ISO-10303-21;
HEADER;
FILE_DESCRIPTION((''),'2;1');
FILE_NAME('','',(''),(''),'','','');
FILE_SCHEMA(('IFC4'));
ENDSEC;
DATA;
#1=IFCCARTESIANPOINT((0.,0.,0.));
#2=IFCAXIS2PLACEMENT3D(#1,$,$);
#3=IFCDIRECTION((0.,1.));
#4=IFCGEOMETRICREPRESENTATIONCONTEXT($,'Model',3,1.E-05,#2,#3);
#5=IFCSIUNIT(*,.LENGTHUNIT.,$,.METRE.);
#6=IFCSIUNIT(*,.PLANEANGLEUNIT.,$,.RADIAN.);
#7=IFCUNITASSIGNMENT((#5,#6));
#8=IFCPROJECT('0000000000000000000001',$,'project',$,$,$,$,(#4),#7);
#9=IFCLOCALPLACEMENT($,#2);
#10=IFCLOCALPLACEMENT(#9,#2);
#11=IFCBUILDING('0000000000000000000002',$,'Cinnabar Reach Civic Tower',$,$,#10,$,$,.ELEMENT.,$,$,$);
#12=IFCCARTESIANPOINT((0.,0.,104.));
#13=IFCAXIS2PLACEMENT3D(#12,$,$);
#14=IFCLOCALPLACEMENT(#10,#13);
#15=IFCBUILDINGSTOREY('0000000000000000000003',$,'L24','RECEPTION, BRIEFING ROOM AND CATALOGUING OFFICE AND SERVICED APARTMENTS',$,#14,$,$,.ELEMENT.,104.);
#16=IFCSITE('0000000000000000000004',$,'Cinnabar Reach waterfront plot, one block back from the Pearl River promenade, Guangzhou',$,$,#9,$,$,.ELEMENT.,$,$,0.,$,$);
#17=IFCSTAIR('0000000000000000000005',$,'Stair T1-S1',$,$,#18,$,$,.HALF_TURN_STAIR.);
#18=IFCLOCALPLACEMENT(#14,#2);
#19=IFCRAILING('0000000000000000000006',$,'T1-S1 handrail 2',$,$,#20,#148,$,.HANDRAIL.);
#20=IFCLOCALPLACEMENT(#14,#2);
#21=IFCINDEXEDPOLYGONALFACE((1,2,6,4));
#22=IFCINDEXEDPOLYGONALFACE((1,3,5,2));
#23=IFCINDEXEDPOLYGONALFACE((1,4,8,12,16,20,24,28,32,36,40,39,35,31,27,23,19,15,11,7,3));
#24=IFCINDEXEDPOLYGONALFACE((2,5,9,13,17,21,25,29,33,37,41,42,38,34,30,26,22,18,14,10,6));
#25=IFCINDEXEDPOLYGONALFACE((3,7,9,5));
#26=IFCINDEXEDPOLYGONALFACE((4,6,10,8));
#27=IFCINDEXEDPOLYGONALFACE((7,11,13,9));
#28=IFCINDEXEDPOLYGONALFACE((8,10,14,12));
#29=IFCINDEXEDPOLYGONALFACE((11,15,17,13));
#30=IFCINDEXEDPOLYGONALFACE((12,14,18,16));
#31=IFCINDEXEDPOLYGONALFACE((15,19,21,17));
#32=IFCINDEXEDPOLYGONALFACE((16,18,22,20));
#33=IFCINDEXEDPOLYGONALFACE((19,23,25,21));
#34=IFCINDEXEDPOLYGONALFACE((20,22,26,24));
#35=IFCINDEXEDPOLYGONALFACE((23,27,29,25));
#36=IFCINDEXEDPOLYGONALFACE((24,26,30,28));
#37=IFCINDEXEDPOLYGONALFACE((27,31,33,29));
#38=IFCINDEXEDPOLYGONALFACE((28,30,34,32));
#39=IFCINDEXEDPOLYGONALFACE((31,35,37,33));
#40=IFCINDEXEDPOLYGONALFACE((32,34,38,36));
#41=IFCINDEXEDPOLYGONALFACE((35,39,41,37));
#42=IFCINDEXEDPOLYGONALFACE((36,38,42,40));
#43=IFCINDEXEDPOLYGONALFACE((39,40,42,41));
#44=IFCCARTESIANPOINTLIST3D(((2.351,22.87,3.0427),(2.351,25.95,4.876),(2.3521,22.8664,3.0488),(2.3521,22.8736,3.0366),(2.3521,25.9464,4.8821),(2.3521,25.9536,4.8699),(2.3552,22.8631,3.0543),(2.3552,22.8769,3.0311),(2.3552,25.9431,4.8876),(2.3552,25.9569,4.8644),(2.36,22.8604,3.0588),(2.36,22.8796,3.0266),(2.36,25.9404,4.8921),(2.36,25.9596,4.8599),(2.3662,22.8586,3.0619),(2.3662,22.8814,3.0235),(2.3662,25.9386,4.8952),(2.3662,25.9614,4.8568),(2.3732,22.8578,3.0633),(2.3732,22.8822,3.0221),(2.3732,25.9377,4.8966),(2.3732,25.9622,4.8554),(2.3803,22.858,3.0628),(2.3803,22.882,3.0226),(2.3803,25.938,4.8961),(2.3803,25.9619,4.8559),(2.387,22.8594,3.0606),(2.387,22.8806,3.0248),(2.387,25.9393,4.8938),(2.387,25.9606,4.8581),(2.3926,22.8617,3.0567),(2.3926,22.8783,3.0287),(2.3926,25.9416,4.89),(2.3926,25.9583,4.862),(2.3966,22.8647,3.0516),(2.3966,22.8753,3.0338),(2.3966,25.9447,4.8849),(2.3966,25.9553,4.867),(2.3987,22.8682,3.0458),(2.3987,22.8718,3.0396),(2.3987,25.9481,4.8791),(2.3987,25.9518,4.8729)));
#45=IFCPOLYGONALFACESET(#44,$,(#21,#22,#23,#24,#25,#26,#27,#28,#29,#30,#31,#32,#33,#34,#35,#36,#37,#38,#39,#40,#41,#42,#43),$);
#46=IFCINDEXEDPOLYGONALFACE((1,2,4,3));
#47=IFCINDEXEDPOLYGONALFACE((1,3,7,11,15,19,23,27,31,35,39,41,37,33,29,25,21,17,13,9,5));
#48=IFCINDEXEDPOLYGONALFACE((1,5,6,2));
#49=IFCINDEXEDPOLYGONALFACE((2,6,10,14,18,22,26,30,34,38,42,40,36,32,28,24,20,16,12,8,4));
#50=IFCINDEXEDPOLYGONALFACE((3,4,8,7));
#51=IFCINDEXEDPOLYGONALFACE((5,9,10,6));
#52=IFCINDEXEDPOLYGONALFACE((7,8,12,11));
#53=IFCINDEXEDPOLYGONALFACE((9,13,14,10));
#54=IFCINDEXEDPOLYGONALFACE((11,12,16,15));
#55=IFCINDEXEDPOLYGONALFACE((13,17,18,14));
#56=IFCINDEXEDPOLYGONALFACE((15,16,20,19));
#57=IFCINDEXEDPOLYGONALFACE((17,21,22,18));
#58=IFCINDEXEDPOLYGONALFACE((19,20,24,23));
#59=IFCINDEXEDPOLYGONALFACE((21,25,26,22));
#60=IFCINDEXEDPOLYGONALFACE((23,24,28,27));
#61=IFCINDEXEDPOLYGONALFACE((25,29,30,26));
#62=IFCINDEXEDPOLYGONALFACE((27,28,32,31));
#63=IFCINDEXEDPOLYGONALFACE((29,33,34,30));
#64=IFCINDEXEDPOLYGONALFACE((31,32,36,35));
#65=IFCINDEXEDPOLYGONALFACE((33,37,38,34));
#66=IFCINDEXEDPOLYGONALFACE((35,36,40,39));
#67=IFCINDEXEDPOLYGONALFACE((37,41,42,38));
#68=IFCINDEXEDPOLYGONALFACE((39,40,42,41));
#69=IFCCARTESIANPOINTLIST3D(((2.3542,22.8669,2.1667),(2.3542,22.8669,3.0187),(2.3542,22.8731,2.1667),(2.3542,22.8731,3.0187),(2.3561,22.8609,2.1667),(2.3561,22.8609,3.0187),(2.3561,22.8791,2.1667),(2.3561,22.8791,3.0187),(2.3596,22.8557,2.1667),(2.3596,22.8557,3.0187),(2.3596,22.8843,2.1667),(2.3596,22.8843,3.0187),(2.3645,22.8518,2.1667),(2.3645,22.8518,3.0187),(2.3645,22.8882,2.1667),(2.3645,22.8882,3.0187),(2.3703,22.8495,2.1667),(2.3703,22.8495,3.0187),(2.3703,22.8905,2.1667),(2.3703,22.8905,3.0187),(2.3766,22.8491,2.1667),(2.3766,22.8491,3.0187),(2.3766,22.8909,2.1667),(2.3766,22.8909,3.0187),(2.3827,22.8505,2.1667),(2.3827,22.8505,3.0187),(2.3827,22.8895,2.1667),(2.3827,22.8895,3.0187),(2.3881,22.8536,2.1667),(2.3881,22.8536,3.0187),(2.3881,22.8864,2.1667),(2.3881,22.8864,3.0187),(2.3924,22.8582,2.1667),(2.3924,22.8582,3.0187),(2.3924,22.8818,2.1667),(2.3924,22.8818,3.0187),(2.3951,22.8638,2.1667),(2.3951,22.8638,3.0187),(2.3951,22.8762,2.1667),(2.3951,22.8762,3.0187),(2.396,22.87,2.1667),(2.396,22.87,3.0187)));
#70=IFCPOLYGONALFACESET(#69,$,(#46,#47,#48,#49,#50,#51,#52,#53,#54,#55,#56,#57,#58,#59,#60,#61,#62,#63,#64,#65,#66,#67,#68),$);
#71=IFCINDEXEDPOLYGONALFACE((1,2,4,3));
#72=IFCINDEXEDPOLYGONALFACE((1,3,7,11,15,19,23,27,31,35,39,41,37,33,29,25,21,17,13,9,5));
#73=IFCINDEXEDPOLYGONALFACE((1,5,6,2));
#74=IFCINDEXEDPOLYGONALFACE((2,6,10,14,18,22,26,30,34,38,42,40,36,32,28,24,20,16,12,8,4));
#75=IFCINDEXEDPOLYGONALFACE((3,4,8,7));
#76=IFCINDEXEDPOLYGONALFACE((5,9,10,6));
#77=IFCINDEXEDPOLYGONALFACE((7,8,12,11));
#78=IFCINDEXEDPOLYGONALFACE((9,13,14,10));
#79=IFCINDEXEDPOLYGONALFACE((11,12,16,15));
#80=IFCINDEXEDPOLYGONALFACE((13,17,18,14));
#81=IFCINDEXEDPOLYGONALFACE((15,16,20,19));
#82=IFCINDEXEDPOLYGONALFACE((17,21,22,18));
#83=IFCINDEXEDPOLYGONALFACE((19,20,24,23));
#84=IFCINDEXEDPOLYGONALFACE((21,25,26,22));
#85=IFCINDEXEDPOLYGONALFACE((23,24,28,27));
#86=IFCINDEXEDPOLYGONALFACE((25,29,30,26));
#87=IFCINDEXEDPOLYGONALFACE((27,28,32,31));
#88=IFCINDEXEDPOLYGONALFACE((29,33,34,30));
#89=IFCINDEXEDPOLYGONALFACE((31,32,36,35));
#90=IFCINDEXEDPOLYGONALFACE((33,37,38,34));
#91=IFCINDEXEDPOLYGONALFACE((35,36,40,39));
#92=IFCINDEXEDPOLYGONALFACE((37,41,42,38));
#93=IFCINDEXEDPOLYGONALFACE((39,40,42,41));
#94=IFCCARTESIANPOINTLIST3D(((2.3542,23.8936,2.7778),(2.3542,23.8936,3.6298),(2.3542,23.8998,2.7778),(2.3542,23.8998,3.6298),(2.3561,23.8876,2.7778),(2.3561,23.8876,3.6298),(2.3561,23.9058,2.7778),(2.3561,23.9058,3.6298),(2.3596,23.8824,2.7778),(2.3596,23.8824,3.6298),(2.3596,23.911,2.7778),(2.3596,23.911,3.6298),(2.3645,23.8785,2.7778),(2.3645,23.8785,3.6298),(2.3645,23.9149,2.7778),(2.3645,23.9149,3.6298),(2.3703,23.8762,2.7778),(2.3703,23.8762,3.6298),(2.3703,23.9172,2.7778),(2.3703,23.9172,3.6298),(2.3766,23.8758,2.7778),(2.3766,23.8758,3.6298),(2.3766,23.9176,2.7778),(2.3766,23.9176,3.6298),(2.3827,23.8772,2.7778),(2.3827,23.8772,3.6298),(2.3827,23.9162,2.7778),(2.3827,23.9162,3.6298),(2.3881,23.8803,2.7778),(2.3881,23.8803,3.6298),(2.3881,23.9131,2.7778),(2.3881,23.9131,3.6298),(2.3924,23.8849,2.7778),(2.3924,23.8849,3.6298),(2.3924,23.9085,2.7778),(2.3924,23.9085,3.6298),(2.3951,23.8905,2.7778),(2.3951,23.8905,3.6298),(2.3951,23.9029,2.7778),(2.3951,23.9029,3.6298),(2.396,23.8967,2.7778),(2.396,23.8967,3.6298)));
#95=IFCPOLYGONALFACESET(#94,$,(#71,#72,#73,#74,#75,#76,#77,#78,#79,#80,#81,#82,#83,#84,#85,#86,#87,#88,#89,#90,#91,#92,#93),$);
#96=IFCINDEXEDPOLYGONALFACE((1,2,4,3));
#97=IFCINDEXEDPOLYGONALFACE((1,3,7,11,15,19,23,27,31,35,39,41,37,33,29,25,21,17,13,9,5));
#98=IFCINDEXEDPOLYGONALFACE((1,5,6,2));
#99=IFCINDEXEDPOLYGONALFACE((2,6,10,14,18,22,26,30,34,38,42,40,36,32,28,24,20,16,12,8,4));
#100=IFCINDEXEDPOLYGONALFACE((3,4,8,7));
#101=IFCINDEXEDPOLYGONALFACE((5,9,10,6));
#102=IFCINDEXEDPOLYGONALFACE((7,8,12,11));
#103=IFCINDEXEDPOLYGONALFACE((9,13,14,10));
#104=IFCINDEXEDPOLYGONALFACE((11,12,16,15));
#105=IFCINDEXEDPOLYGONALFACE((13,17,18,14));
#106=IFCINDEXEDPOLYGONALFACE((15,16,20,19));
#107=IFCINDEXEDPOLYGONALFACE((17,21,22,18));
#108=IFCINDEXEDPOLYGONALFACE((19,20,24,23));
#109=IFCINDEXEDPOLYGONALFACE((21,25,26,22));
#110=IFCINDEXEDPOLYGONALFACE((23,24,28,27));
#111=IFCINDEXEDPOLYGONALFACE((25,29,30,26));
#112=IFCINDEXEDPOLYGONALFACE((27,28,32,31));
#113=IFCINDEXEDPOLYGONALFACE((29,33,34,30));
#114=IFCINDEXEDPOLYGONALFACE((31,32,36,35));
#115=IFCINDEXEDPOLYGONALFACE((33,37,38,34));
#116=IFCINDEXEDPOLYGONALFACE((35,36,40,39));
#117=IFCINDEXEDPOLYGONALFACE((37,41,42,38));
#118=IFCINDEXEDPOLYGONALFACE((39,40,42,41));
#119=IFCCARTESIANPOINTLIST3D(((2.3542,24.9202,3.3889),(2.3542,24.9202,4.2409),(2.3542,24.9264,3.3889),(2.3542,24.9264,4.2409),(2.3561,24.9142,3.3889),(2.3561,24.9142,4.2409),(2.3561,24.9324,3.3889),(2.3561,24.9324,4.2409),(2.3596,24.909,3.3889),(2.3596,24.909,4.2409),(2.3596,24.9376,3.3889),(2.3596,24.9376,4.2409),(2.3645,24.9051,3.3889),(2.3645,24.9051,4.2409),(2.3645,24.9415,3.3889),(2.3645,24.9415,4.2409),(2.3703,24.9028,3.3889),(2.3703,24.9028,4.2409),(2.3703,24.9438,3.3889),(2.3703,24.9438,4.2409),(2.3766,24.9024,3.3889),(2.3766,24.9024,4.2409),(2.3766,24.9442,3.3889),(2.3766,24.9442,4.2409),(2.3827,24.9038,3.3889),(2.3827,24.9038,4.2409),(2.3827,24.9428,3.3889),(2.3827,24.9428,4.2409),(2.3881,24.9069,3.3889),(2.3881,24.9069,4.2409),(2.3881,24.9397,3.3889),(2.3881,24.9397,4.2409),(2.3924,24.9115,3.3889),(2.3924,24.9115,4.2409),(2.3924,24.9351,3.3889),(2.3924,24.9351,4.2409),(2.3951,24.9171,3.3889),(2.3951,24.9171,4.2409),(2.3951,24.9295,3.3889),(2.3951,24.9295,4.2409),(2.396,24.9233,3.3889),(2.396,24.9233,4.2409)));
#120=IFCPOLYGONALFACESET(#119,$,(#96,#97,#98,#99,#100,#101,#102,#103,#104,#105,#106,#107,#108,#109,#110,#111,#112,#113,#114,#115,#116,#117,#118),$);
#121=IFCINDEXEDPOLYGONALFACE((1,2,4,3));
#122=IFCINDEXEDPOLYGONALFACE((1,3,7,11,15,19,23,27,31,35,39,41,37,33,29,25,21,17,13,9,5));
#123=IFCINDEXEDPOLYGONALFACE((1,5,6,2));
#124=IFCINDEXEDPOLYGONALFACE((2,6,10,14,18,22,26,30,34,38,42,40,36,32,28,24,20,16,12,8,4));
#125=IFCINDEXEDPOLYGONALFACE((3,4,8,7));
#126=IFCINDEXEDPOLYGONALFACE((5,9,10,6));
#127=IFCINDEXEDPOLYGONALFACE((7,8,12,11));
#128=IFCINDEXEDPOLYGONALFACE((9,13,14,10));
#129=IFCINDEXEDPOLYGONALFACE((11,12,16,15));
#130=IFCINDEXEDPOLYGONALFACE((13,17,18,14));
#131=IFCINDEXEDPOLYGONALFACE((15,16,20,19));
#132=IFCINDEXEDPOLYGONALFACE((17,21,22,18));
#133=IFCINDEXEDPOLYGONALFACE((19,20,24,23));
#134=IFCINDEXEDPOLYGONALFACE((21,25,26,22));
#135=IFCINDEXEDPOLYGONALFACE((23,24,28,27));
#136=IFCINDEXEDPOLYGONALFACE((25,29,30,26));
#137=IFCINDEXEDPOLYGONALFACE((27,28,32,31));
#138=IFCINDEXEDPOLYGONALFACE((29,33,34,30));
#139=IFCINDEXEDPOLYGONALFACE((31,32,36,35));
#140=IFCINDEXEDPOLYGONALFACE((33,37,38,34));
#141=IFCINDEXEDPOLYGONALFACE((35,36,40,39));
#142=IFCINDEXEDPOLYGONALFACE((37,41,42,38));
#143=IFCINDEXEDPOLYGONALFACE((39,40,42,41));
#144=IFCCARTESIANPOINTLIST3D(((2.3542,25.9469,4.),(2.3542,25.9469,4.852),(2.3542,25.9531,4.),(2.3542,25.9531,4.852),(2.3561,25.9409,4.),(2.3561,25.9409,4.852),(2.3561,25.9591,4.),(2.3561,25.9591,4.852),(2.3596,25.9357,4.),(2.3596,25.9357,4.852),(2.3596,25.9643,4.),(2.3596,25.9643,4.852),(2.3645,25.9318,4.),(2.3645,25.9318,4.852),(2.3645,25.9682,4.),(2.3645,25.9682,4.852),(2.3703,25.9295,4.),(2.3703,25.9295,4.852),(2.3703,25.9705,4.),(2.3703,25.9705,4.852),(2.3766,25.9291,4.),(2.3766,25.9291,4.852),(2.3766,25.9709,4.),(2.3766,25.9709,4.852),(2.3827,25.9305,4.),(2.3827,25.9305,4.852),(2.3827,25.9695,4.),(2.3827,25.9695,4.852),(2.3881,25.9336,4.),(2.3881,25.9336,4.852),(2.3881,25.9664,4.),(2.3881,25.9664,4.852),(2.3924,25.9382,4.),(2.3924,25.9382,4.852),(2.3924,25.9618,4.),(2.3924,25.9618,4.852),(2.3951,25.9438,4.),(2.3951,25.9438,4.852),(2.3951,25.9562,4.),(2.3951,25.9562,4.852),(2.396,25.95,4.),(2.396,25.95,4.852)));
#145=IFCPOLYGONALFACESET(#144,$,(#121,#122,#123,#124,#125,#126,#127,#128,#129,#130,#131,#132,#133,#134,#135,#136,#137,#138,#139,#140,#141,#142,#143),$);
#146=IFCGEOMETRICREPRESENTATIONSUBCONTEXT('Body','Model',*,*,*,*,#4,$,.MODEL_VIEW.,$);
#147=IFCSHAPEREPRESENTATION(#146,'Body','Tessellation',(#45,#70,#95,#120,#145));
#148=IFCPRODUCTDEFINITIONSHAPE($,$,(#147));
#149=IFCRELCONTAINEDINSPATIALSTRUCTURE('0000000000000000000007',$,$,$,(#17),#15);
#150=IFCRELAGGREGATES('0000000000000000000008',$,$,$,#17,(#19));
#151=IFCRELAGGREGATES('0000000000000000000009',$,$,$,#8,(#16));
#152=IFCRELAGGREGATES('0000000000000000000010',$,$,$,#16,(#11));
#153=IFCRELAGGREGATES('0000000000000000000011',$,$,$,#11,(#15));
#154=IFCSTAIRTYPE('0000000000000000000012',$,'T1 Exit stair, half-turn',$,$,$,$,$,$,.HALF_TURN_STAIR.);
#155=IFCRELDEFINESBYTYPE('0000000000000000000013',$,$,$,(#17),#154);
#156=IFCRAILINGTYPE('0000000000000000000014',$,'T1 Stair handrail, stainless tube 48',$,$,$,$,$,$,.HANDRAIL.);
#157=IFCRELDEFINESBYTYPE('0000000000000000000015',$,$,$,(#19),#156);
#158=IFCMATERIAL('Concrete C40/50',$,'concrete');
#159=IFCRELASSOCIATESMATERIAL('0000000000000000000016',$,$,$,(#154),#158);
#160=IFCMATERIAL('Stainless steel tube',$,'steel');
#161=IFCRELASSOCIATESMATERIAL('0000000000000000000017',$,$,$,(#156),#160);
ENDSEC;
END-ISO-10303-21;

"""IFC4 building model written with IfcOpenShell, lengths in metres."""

from ifc_helpers import new_model, si_unit, direction, frame, origin, origin_2d, place, context, subcontext, project, spatial, circle, extrude, material, type_object, element, aggregate, save


model = new_model("IFC4")

# Units and contexts
model_context = context("Model", 3, precision=1e-05, world=origin(), true_north=direction((0.0, 1.0)))
body_context = subcontext(model_context, "Body", "Model", "MODEL_VIEW")
ifc_project = project(units=[si_unit("LENGTHUNIT", "METRE"), si_unit("PLANEANGLEUNIT", "RADIAN")], contexts=[model_context])

# Site, building, storey
site_placement = place(None, origin())
site = spatial("IfcSite", under=ifc_project, at=site_placement, Name="Cinnabar Reach waterfront plot, one block back from the Pearl River promenade, Guangzhou", CompositionType="ELEMENT", RefElevation=0.0)
building_placement = place(site_placement, origin())
building = spatial("IfcBuilding", under=site, at=building_placement, Name="Cinnabar Reach Civic Tower", CompositionType="ELEMENT")
storey_placement = place(building_placement, frame((0.0, 0.0, 104.0)))
storey = spatial("IfcBuildingStorey", under=building, at=storey_placement, Name="L24", Description="RECEPTION, BRIEFING ROOM AND CATALOGUING OFFICE AND SERVICED APARTMENTS", CompositionType="ELEMENT", Elevation=104.0)

# Stair, railing
ifc_material_1 = material(Name="Concrete C40/50", Category="concrete")
stair_type = type_object("IfcStairType", Name="T1 Exit stair, half-turn", PredefinedType="HALF_TURN_STAIR", material=ifc_material_1)
stair_placement = place(storey_placement, origin())
stair = element("IfcStair", 1, at=stair_placement, inside=storey, type_object=stair_type, Name="Stair T1-S1", PredefinedType="HALF_TURN_STAIR")
ifc_material_2 = material(Name="Stainless steel tube", Category="steel")
railing_type = type_object("IfcRailingType", Name="T1 Stair handrail, stainless tube 48", PredefinedType="HANDRAIL", material=ifc_material_2)
railing_placement = place(storey_placement, frame((2.375, 22.87, 2.1667)))
railing = element("IfcRailing", 2, at=railing_placement, type_object=railing_type, Name="T1-S1 handrail 2", PredefinedType="HANDRAIL", context=body_context, shape_type="SweptSolid", body=[
    extrude(circle(Radius=0.024, at=origin_2d()), frame((0.0, 0.0, 0.876), z_axis=(0.0, 0.859297, 0.511477), x_axis=(-1.0, 0.0, 0.0)), (0.0, 0.0, 1.0), 3.5843),
    extrude(circle(Radius=0.021, at=origin_2d()), origin(), (0.0, 0.0, 1.0), 0.852),
    extrude(circle(Radius=0.021, at=origin_2d()), frame((0.0, 1.0267, 0.6111)), (0.0, 0.0, 1.0), 0.852),
    extrude(circle(Radius=0.021, at=origin_2d()), frame((0.0, 2.0533, 1.2222)), (0.0, 0.0, 1.0), 0.852),
    extrude(circle(Radius=0.021, at=origin_2d()), frame((0.0, 3.08, 1.8333)), (0.0, 0.0, 1.0), 0.852),
])
aggregate(stair, [railing])

save(model, "model.ifc")
